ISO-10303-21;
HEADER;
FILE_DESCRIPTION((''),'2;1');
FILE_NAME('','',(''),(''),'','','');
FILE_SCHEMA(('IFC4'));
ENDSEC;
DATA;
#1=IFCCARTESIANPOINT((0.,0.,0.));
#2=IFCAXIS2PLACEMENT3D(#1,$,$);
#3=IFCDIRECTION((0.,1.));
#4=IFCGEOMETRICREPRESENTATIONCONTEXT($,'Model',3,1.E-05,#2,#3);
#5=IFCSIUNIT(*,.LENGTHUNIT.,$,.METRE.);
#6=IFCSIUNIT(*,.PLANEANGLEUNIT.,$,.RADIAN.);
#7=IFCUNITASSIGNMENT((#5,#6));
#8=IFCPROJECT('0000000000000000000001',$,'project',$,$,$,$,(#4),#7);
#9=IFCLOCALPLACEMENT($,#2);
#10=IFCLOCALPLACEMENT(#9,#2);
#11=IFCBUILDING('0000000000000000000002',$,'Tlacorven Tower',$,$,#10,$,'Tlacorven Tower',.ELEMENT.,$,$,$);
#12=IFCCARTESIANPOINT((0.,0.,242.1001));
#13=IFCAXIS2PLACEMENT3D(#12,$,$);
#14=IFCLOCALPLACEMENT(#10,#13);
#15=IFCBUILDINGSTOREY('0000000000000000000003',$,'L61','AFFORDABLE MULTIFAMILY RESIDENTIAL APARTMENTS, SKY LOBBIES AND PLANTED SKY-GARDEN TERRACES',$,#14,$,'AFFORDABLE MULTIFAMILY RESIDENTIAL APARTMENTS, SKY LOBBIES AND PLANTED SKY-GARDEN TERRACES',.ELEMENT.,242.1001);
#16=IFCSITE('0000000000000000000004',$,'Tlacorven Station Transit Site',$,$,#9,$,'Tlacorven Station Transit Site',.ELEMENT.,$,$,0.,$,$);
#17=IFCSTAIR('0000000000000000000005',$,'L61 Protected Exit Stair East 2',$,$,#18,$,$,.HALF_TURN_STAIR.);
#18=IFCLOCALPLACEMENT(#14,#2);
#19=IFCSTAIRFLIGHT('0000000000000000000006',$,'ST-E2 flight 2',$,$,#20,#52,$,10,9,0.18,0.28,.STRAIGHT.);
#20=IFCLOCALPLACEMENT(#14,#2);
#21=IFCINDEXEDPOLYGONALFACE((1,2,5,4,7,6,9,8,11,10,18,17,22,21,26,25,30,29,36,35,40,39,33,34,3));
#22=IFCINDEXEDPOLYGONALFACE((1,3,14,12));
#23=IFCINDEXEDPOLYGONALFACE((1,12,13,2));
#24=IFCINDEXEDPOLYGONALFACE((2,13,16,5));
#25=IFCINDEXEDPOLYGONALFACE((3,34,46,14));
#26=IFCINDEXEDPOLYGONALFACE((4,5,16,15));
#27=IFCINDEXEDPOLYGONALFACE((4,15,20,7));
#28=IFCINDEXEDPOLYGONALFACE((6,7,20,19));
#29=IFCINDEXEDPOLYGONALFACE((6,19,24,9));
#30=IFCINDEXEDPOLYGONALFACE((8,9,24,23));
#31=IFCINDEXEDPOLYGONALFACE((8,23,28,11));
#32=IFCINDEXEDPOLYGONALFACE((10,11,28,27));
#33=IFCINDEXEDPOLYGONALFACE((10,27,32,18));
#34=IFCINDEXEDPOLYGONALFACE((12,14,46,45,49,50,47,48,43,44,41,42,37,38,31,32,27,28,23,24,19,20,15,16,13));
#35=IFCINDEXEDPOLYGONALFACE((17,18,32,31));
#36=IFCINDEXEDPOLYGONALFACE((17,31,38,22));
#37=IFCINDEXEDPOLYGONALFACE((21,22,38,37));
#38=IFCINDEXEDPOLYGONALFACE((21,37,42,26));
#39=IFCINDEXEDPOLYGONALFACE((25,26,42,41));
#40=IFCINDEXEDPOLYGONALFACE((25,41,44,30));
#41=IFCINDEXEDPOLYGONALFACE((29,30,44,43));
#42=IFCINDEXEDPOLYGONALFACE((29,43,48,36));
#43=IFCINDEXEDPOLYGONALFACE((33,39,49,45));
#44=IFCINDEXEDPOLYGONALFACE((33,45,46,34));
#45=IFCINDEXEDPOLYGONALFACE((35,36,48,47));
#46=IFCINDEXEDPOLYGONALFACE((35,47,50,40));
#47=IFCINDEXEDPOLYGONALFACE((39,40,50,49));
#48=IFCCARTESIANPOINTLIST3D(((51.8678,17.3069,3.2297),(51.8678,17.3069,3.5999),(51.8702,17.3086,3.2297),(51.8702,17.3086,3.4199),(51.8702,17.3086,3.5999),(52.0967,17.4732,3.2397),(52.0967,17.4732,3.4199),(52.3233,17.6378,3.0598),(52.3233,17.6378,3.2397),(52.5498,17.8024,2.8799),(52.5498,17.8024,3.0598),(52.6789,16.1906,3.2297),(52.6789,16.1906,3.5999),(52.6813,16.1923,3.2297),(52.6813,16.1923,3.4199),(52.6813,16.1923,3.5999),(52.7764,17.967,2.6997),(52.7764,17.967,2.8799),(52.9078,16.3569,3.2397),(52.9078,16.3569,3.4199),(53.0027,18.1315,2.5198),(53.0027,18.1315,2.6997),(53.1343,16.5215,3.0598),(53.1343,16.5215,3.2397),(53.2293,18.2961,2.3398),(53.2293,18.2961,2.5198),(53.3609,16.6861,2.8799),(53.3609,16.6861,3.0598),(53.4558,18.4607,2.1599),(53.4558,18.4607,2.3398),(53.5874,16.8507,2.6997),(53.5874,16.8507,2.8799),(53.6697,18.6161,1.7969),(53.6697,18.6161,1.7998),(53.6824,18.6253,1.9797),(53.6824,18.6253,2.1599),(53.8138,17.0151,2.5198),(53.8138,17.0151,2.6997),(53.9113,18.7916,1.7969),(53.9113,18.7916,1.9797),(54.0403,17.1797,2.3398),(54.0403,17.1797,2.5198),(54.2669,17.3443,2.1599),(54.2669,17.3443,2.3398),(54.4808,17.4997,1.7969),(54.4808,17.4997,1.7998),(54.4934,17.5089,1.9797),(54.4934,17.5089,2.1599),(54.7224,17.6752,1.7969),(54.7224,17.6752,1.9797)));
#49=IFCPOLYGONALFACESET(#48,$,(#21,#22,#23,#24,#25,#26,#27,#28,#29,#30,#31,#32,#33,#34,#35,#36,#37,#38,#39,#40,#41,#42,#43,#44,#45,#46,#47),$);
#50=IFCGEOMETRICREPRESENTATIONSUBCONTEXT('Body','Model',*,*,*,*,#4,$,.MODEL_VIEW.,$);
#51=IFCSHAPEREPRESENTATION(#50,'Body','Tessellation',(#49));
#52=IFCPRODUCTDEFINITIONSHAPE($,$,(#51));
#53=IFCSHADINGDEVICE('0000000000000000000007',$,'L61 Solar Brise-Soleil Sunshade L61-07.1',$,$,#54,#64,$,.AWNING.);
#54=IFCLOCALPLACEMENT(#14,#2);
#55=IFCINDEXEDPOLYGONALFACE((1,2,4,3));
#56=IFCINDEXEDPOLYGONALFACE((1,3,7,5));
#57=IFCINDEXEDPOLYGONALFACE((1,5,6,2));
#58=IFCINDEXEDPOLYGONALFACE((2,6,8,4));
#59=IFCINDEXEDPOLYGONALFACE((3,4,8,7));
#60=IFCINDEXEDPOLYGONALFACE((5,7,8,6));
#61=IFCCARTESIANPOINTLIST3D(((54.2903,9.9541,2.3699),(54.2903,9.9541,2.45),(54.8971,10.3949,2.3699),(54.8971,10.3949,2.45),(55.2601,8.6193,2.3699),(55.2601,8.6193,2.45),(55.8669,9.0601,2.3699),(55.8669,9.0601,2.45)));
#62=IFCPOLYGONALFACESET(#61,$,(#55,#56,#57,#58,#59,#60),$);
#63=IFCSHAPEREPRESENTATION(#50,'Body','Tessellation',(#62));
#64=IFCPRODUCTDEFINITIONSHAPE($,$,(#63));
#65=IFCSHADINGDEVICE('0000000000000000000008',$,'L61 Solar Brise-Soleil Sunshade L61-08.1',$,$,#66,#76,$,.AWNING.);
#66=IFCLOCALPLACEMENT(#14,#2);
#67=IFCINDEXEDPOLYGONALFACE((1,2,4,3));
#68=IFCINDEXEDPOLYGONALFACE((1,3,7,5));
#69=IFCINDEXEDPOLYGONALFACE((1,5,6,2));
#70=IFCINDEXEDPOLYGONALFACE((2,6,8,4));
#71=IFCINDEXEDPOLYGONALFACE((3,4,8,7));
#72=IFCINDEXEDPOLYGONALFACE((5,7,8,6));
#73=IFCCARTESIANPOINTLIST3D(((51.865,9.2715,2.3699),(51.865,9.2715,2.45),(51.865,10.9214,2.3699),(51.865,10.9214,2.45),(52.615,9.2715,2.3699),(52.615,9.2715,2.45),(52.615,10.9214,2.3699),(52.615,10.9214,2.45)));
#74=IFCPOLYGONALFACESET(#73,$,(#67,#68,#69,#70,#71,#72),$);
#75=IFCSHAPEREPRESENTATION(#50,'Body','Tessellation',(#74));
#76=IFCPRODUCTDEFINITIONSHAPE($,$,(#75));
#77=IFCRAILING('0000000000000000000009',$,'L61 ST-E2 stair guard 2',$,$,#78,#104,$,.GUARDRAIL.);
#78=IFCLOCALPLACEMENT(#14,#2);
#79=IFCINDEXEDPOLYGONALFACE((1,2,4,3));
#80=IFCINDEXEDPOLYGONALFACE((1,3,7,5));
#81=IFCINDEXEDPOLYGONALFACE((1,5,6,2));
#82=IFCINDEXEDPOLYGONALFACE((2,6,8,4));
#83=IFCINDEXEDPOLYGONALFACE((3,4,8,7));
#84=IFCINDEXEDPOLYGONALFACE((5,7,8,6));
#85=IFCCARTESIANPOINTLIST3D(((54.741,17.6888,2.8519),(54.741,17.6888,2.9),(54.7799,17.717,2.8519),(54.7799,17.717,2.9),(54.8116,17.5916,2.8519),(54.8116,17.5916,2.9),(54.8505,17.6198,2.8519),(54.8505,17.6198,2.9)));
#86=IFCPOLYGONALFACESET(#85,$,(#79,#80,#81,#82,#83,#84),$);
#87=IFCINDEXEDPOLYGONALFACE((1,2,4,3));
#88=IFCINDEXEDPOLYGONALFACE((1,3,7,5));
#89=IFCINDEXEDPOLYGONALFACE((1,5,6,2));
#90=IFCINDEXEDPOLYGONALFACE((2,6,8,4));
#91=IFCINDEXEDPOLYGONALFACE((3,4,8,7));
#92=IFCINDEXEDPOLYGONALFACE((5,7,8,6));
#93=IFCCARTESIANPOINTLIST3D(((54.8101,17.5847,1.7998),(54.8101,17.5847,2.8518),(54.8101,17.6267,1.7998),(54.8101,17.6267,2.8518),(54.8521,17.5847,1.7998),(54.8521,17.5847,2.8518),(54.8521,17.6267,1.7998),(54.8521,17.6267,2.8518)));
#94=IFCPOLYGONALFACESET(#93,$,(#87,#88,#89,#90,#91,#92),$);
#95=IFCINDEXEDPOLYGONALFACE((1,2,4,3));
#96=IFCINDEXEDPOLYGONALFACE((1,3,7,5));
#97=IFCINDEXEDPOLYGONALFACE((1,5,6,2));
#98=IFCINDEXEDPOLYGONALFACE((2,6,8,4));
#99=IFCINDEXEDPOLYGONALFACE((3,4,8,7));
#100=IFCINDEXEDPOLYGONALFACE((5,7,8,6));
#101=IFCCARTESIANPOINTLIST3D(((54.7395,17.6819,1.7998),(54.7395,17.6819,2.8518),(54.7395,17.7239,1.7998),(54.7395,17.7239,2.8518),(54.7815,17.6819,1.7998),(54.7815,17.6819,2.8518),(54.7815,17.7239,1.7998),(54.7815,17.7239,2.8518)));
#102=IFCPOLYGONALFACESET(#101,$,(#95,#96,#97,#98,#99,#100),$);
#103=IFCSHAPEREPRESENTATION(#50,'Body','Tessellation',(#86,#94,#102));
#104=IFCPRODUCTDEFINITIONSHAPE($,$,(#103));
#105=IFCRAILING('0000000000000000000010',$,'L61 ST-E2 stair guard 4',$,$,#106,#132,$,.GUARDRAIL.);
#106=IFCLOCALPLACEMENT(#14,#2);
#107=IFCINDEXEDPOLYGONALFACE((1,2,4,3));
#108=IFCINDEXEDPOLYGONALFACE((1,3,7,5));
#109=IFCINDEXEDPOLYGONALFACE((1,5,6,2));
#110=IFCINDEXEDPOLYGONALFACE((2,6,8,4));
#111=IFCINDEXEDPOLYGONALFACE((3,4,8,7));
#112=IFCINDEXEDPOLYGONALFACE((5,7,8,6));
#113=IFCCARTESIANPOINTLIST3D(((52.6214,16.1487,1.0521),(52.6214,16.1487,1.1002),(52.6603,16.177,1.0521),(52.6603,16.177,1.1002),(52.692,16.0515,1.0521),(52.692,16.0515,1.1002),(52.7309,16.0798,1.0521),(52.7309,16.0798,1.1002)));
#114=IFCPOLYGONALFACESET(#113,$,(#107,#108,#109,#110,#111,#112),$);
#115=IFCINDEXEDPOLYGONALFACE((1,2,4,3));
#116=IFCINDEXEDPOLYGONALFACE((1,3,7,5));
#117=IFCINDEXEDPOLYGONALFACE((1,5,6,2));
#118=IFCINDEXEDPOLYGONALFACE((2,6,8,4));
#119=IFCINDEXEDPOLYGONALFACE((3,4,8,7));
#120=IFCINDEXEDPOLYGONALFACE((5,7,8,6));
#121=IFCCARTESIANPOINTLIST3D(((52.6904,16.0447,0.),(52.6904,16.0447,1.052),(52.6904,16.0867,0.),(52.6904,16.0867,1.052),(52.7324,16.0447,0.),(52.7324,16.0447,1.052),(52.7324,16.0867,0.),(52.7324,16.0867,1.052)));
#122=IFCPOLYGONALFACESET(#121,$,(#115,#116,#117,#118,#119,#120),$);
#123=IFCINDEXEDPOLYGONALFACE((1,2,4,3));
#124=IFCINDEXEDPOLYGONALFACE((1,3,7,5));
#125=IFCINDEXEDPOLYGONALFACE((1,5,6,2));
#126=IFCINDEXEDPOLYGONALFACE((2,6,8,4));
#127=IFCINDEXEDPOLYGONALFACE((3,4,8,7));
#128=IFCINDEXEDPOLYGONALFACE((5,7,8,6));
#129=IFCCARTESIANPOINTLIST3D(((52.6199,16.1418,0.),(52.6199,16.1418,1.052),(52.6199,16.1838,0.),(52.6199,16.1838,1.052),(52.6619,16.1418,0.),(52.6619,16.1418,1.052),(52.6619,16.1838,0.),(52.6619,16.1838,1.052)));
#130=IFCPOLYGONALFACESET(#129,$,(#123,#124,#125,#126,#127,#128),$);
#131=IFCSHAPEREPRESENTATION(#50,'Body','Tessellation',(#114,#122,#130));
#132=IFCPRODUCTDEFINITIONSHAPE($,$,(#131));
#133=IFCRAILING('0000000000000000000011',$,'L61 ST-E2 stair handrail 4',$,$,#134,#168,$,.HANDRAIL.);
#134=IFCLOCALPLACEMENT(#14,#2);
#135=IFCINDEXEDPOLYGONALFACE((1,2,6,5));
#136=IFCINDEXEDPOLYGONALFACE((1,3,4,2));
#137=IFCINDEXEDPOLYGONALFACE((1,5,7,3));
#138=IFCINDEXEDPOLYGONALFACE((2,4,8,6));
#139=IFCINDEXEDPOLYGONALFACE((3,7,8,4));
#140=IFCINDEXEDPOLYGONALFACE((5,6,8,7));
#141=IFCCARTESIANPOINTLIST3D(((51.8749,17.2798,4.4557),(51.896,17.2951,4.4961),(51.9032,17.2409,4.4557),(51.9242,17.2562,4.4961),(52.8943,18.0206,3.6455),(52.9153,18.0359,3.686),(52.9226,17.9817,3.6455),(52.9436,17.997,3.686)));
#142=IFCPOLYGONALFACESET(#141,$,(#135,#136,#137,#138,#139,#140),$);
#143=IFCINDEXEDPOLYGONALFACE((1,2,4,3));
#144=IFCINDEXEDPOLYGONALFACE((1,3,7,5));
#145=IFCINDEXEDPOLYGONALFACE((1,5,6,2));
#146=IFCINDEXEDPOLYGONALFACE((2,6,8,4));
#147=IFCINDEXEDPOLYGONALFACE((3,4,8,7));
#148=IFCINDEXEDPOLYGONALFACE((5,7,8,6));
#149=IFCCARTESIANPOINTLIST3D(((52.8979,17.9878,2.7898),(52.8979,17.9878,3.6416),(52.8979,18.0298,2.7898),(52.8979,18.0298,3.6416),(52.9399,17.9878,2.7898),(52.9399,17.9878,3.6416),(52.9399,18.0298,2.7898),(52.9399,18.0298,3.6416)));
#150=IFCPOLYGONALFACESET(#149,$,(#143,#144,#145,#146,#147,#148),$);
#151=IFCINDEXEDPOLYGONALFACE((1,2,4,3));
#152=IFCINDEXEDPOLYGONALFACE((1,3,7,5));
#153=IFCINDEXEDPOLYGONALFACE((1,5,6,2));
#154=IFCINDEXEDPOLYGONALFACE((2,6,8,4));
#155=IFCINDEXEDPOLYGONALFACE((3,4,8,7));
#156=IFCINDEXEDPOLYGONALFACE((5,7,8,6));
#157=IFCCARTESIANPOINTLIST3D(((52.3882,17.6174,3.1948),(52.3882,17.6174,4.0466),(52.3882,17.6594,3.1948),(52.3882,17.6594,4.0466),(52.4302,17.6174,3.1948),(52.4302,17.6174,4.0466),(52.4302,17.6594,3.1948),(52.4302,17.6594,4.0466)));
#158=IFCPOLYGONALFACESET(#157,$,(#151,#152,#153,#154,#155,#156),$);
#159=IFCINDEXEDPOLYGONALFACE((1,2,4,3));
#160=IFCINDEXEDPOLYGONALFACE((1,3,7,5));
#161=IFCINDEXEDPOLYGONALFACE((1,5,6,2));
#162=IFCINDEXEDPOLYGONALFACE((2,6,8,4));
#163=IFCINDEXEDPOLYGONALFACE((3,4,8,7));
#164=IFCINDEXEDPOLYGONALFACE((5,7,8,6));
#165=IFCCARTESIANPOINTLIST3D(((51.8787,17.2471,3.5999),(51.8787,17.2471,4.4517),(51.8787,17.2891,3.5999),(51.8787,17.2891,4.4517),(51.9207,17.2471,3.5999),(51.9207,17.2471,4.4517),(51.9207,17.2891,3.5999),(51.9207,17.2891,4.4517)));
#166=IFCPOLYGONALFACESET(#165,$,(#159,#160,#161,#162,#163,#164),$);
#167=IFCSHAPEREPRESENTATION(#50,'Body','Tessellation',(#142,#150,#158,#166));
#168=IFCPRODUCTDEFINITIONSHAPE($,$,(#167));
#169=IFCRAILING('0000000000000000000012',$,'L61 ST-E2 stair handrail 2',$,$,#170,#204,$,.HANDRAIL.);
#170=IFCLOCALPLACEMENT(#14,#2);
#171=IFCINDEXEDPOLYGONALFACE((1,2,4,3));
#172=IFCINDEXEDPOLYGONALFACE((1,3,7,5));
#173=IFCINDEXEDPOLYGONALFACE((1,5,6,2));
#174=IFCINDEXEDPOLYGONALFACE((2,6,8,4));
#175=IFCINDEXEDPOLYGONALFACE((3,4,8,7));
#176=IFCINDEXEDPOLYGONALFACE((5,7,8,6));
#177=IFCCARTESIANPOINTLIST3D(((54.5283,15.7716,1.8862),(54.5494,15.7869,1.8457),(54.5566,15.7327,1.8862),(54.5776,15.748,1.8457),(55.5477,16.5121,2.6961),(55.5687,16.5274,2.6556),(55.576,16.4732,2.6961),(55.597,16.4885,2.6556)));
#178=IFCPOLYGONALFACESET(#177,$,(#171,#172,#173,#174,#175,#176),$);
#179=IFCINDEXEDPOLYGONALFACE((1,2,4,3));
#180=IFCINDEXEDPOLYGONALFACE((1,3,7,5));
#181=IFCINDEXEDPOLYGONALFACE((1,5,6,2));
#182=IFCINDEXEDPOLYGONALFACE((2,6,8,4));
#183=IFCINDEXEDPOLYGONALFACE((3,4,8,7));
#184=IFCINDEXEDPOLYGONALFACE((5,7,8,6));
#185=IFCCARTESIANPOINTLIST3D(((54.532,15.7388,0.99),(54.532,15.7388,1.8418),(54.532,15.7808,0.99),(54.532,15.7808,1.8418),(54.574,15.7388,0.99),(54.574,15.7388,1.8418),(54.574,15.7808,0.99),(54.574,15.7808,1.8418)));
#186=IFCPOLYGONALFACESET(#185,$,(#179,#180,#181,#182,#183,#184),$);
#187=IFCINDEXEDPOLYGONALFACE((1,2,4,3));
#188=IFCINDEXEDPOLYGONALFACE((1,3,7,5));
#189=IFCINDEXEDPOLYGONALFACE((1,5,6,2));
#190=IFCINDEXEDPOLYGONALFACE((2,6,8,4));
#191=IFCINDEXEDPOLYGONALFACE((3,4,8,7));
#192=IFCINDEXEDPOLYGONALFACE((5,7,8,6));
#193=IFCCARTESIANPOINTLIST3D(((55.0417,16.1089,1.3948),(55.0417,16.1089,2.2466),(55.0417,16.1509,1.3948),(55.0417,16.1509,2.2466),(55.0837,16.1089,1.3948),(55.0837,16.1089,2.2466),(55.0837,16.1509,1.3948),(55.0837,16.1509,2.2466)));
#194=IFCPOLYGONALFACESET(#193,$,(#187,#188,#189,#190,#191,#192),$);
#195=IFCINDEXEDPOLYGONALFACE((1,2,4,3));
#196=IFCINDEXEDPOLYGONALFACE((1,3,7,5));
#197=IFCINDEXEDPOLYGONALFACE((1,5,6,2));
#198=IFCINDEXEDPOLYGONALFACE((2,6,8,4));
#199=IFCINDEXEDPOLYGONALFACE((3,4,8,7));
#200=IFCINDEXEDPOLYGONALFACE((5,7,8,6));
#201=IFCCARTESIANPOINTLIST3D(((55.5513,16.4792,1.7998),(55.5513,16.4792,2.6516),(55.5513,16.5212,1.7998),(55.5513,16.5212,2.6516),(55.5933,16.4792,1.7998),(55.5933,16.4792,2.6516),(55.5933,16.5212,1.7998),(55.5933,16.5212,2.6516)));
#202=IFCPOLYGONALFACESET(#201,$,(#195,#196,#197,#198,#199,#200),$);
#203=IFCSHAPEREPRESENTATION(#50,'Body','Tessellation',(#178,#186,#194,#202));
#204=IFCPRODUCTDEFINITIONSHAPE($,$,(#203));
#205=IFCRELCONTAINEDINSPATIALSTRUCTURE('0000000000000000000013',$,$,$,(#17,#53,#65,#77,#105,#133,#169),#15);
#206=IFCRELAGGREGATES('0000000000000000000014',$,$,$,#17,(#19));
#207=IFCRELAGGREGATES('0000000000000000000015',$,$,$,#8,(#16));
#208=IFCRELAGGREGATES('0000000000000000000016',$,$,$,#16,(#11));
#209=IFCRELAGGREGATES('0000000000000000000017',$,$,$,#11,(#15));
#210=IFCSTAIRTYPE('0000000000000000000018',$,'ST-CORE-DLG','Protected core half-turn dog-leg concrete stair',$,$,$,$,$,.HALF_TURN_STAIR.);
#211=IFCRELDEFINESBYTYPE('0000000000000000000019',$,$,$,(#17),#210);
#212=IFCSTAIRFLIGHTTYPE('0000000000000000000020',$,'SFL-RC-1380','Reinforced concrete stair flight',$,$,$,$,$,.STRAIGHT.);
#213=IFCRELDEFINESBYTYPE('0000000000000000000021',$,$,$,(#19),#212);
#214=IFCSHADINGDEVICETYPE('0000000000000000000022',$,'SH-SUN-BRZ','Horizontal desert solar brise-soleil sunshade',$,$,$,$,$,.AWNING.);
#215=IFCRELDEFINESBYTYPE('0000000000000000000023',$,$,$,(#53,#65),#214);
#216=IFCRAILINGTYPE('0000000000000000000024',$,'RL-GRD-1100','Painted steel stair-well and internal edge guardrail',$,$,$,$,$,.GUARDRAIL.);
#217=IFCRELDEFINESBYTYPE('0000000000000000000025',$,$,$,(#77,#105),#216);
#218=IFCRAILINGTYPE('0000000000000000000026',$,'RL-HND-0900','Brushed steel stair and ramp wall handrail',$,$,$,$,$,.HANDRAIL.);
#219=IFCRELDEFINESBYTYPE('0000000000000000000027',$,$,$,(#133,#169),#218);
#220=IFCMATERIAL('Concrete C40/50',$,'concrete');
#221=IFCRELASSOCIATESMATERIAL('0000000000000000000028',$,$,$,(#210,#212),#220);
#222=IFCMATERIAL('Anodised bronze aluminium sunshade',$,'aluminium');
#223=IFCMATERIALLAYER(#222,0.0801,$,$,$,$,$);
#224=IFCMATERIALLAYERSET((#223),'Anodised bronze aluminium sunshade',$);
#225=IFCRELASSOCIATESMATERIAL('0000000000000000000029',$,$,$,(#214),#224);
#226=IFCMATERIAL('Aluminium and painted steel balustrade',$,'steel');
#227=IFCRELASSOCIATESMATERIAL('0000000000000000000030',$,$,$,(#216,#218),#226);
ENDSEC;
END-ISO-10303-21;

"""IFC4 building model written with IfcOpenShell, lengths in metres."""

from ifc_helpers import new_model, si_unit, direction, frame, origin, origin_2d, place, context, subcontext, project, spatial, polyline, rectangle, outline, extrude, source, transform, mapped, material, layer, layer_set, type_object, element, aggregate, save


model = new_model("IFC4")

# Units and contexts
model_context = context("Model", 3, precision=1e-05, world=origin(), true_north=direction((0.0, 1.0)))
body_context = subcontext(model_context, "Body", "Model", "MODEL_VIEW")
ifc_project = project(units=[si_unit("LENGTHUNIT", "METRE"), si_unit("PLANEANGLEUNIT", "RADIAN")], contexts=[model_context])

# Site, building, storey
site_placement = place(None, origin())
site = spatial("IfcSite", under=ifc_project, at=site_placement, Name="Tlacorven Station Transit Site", LongName="Tlacorven Station Transit Site", CompositionType="ELEMENT", RefElevation=0.0)
building_placement = place(site_placement, origin())
building = spatial("IfcBuilding", under=site, at=building_placement, Name="Tlacorven Tower", LongName="Tlacorven Tower", CompositionType="ELEMENT")
storey_placement = place(building_placement, frame((0.0, 0.0, 242.1001)))
storey = spatial("IfcBuildingStorey", under=building, at=storey_placement, Name="L61", Description="AFFORDABLE MULTIFAMILY RESIDENTIAL APARTMENTS, SKY LOBBIES AND PLANTED SKY-GARDEN TERRACES", LongName="AFFORDABLE MULTIFAMILY RESIDENTIAL APARTMENTS, SKY LOBBIES AND PLANTED SKY-GARDEN TERRACES", CompositionType="ELEMENT", Elevation=242.1001)

# Stair, stair flight
ifc_material_1 = material(Name="Concrete C40/50", Category="concrete")
stair_type = type_object("IfcStairType", Name="ST-CORE-DLG", Description="Protected core half-turn dog-leg concrete stair", PredefinedType="HALF_TURN_STAIR", material=ifc_material_1)
stair_placement = place(storey_placement, origin())
stair = element("IfcStair", 1, at=stair_placement, inside=storey, type_object=stair_type, Name="L61 Protected Exit Stair East 2", PredefinedType="HALF_TURN_STAIR")
stair_flight_type = type_object("IfcStairFlightType", Name="SFL-RC-1380", Description="Reinforced concrete stair flight", PredefinedType="STRAIGHT", material=ifc_material_1)
shared_shape_1 = source(origin(), body_context, "Body", "SweptSolid", [
    extrude(outline(polyline([(-0.0029, -0.0029), (-0.0029, 0.1799), (0.28, 0.1799), (0.28, 0.3601), (0.5601, 0.3601), (0.5601, 0.54), (0.8401, 0.54), (0.8401, 0.72), (1.1201, 0.72), (1.1201, 0.8999), (1.3999, 0.8999), (1.3999, 1.0801), (1.6799, 1.0801), (1.6799, 1.26), (1.96, 1.26), (1.96, 1.4399), (2.24, 1.4399), (2.24, 1.6201), (2.52, 1.6201), (2.52, 1.8), (2.5229, 1.8), (2.5229, 1.4299), (2.52, 1.4299), (0.2957, 0.0), (0.2957, -0.0029), (-0.0029, -0.0029)])), frame((0.0, 0.6899, 0.0), z_axis=(0.0, -1.0, 0.0), x_axis=(1.0, 0.0, 0.0)), (0.0, 0.0, 1.0), 1.3799),
])
stair_flight_1_placement = place(storey_placement, frame((54.3145, 18.2317, 1.7998), z_axis=(0.0, 0.0, 1.0), x_axis=(-0.809017, -0.587785, 0.0)))
stair_flight_1 = element("IfcStairFlight", 2, at=stair_flight_1_placement, type_object=stair_flight_type, Name="ST-E2 flight 2", NumberOfRisers=10, NumberOfTreads=9, PredefinedType="STRAIGHT", RiserHeight=0.18, TreadLength=0.28, context=body_context, shape_type="MappedRepresentation", body=[
    mapped(shared_shape_1, transform((0.0, 0.0, 0.0), scale=1.0)),
])
aggregate(stair, [stair_flight_1])

# Shading devices
ifc_material_2 = material(Name="Anodised bronze aluminium sunshade", Category="aluminium")
ifc_layer_1 = layer(ifc_material_2, 0.0801)
ifc_layer_set_1 = layer_set([ifc_layer_1], Name="Anodised bronze aluminium sunshade")
shading_device_type = type_object("IfcShadingDeviceType", Name="SH-SUN-BRZ", Description="Horizontal desert solar brise-soleil sunshade", PredefinedType="AWNING", material=ifc_layer_set_1)
shared_shape_2 = source(origin(), body_context, "Body", "SweptSolid", [
    extrude(rectangle(XDim=1.6499, YDim=0.75, at=origin_2d()), origin(), (0.0, 0.0, 1.0), 0.0801),
])
for number, where, z_axis, x_axis, name in (
    (3, (55.0786, 9.5071, 2.3699), (0.0, 0.0, 1.0), (-0.587786, 0.809017, 0.0), "L61 Solar Brise-Soleil Sunshade L61-07.1"),
    (4, (52.24, 10.0964, 2.3699), (0.0, 0.0, 1.0), (0.0, -1.0, 0.0), "L61 Solar Brise-Soleil Sunshade L61-08.1"),
):
    element("IfcShadingDevice", number, at=place(storey_placement, frame(where, z_axis=z_axis, x_axis=x_axis)), inside=storey, type_object=shading_device_type, Name=name, PredefinedType="AWNING", context=body_context, shape_type="MappedRepresentation", body=[
        mapped(shared_shape_2, transform((0.0, 0.0, 0.0), scale=1.0)),
    ])

# Railings
ifc_material_3 = material(Name="Aluminium and painted steel balustrade", Category="steel")
railing_type_1 = type_object("IfcRailingType", Name="RL-GRD-1100", Description="Painted steel stair-well and internal edge guardrail", PredefinedType="GUARDRAIL", material=ifc_material_3)
shared_shape_3 = source(origin(), body_context, "Body", "SweptSolid", [
    extrude(rectangle(XDim=0.0481, YDim=0.0481, at=origin_2d()), frame((0.0, 0.0, 1.0762), z_axis=(-0.587567, 0.809175, 0.0), x_axis=(-0.809175, -0.587567, 0.0)), (0.0, 0.0, 1.0), 0.1201),
    extrude(rectangle(XDim=0.042, YDim=0.042, at=origin_2d()), origin(), (0.0, 0.0, 1.0), 1.052),
    extrude(rectangle(XDim=0.042, YDim=0.042, at=origin_2d()), frame((-0.0706, 0.0972, 0.0)), (0.0, 0.0, 1.0), 1.052),
])
for number, where, name in (
    (5, (54.8311, 17.6057, 1.7998), "L61 ST-E2 stair guard 2"),
    (6, (52.7114, 16.0657, 0.0), "L61 ST-E2 stair guard 4"),
):
    element("IfcRailing", number, at=place(storey_placement, frame(where)), inside=storey, type_object=railing_type_1, Name=name, PredefinedType="GUARDRAIL", context=body_context, shape_type="MappedRepresentation", body=[
        mapped(shared_shape_3, transform((0.0, 0.0, 0.0), scale=1.0)),
    ])
railing_type_2 = type_object("IfcRailingType", Name="RL-HND-0900", Description="Brushed steel stair and ramp wall handrail", PredefinedType="HANDRAIL", material=ifc_material_3)
shared_shape_4 = source(origin(), body_context, "Body", "SweptSolid", [
    extrude(rectangle(XDim=0.0481, YDim=0.0481, at=origin_2d()), frame((0.0, 0.0, 0.876), z_axis=(-0.680461, -0.494496, 0.540783), x_axis=(0.587872, -0.808954, 0.0)), (0.0, 0.0, 1.0), 1.498),
    extrude(rectangle(XDim=0.042, YDim=0.042, at=origin_2d()), origin(), (0.0, 0.0, 1.0), 0.8518),
    extrude(rectangle(XDim=0.042, YDim=0.042, at=origin_2d()), frame((-0.5098, -0.3704, 0.405)), (0.0, 0.0, 1.0), 0.8518),
    extrude(rectangle(XDim=0.042, YDim=0.042, at=origin_2d()), frame((-1.0193, -0.7407, 0.8101)), (0.0, 0.0, 1.0), 0.8518),
])
railing_1_placement = place(storey_placement, frame((52.9189, 18.0088, 2.7898)))
element("IfcRailing", 7, at=railing_1_placement, inside=storey, type_object=railing_type_2, Name="L61 ST-E2 stair handrail 4", PredefinedType="HANDRAIL", context=body_context, shape_type="MappedRepresentation", body=[
    mapped(shared_shape_4, transform((0.0, 0.0, 0.0), scale=1.0)),
])
shared_shape_5 = source(origin(), body_context, "Body", "SweptSolid", [
    extrude(rectangle(XDim=0.0481, YDim=0.0481, at=origin_2d()), frame((0.0, 0.0, 0.876), z_axis=(0.680576, 0.494416, 0.540712), x_axis=(-0.587745, 0.809046, 0.0)), (0.0, 0.0, 1.0), 1.4978),
    extrude(rectangle(XDim=0.042, YDim=0.042, at=origin_2d()), origin(), (0.0, 0.0, 1.0), 0.8518),
    extrude(rectangle(XDim=0.042, YDim=0.042, at=origin_2d()), frame((0.5098, 0.3701, 0.4048)), (0.0, 0.0, 1.0), 0.8518),
    extrude(rectangle(XDim=0.042, YDim=0.042, at=origin_2d()), frame((1.0193, 0.7405, 0.8098)), (0.0, 0.0, 1.0), 0.8518),
])
railing_2_placement = place(storey_placement, frame((54.553, 15.7598, 0.99)))
element("IfcRailing", 8, at=railing_2_placement, inside=storey, type_object=railing_type_2, Name="L61 ST-E2 stair handrail 2", PredefinedType="HANDRAIL", context=body_context, shape_type="MappedRepresentation", body=[
    mapped(shared_shape_5, transform((0.0, 0.0, 0.0), scale=1.0)),
])

save(model, "model.ifc")
